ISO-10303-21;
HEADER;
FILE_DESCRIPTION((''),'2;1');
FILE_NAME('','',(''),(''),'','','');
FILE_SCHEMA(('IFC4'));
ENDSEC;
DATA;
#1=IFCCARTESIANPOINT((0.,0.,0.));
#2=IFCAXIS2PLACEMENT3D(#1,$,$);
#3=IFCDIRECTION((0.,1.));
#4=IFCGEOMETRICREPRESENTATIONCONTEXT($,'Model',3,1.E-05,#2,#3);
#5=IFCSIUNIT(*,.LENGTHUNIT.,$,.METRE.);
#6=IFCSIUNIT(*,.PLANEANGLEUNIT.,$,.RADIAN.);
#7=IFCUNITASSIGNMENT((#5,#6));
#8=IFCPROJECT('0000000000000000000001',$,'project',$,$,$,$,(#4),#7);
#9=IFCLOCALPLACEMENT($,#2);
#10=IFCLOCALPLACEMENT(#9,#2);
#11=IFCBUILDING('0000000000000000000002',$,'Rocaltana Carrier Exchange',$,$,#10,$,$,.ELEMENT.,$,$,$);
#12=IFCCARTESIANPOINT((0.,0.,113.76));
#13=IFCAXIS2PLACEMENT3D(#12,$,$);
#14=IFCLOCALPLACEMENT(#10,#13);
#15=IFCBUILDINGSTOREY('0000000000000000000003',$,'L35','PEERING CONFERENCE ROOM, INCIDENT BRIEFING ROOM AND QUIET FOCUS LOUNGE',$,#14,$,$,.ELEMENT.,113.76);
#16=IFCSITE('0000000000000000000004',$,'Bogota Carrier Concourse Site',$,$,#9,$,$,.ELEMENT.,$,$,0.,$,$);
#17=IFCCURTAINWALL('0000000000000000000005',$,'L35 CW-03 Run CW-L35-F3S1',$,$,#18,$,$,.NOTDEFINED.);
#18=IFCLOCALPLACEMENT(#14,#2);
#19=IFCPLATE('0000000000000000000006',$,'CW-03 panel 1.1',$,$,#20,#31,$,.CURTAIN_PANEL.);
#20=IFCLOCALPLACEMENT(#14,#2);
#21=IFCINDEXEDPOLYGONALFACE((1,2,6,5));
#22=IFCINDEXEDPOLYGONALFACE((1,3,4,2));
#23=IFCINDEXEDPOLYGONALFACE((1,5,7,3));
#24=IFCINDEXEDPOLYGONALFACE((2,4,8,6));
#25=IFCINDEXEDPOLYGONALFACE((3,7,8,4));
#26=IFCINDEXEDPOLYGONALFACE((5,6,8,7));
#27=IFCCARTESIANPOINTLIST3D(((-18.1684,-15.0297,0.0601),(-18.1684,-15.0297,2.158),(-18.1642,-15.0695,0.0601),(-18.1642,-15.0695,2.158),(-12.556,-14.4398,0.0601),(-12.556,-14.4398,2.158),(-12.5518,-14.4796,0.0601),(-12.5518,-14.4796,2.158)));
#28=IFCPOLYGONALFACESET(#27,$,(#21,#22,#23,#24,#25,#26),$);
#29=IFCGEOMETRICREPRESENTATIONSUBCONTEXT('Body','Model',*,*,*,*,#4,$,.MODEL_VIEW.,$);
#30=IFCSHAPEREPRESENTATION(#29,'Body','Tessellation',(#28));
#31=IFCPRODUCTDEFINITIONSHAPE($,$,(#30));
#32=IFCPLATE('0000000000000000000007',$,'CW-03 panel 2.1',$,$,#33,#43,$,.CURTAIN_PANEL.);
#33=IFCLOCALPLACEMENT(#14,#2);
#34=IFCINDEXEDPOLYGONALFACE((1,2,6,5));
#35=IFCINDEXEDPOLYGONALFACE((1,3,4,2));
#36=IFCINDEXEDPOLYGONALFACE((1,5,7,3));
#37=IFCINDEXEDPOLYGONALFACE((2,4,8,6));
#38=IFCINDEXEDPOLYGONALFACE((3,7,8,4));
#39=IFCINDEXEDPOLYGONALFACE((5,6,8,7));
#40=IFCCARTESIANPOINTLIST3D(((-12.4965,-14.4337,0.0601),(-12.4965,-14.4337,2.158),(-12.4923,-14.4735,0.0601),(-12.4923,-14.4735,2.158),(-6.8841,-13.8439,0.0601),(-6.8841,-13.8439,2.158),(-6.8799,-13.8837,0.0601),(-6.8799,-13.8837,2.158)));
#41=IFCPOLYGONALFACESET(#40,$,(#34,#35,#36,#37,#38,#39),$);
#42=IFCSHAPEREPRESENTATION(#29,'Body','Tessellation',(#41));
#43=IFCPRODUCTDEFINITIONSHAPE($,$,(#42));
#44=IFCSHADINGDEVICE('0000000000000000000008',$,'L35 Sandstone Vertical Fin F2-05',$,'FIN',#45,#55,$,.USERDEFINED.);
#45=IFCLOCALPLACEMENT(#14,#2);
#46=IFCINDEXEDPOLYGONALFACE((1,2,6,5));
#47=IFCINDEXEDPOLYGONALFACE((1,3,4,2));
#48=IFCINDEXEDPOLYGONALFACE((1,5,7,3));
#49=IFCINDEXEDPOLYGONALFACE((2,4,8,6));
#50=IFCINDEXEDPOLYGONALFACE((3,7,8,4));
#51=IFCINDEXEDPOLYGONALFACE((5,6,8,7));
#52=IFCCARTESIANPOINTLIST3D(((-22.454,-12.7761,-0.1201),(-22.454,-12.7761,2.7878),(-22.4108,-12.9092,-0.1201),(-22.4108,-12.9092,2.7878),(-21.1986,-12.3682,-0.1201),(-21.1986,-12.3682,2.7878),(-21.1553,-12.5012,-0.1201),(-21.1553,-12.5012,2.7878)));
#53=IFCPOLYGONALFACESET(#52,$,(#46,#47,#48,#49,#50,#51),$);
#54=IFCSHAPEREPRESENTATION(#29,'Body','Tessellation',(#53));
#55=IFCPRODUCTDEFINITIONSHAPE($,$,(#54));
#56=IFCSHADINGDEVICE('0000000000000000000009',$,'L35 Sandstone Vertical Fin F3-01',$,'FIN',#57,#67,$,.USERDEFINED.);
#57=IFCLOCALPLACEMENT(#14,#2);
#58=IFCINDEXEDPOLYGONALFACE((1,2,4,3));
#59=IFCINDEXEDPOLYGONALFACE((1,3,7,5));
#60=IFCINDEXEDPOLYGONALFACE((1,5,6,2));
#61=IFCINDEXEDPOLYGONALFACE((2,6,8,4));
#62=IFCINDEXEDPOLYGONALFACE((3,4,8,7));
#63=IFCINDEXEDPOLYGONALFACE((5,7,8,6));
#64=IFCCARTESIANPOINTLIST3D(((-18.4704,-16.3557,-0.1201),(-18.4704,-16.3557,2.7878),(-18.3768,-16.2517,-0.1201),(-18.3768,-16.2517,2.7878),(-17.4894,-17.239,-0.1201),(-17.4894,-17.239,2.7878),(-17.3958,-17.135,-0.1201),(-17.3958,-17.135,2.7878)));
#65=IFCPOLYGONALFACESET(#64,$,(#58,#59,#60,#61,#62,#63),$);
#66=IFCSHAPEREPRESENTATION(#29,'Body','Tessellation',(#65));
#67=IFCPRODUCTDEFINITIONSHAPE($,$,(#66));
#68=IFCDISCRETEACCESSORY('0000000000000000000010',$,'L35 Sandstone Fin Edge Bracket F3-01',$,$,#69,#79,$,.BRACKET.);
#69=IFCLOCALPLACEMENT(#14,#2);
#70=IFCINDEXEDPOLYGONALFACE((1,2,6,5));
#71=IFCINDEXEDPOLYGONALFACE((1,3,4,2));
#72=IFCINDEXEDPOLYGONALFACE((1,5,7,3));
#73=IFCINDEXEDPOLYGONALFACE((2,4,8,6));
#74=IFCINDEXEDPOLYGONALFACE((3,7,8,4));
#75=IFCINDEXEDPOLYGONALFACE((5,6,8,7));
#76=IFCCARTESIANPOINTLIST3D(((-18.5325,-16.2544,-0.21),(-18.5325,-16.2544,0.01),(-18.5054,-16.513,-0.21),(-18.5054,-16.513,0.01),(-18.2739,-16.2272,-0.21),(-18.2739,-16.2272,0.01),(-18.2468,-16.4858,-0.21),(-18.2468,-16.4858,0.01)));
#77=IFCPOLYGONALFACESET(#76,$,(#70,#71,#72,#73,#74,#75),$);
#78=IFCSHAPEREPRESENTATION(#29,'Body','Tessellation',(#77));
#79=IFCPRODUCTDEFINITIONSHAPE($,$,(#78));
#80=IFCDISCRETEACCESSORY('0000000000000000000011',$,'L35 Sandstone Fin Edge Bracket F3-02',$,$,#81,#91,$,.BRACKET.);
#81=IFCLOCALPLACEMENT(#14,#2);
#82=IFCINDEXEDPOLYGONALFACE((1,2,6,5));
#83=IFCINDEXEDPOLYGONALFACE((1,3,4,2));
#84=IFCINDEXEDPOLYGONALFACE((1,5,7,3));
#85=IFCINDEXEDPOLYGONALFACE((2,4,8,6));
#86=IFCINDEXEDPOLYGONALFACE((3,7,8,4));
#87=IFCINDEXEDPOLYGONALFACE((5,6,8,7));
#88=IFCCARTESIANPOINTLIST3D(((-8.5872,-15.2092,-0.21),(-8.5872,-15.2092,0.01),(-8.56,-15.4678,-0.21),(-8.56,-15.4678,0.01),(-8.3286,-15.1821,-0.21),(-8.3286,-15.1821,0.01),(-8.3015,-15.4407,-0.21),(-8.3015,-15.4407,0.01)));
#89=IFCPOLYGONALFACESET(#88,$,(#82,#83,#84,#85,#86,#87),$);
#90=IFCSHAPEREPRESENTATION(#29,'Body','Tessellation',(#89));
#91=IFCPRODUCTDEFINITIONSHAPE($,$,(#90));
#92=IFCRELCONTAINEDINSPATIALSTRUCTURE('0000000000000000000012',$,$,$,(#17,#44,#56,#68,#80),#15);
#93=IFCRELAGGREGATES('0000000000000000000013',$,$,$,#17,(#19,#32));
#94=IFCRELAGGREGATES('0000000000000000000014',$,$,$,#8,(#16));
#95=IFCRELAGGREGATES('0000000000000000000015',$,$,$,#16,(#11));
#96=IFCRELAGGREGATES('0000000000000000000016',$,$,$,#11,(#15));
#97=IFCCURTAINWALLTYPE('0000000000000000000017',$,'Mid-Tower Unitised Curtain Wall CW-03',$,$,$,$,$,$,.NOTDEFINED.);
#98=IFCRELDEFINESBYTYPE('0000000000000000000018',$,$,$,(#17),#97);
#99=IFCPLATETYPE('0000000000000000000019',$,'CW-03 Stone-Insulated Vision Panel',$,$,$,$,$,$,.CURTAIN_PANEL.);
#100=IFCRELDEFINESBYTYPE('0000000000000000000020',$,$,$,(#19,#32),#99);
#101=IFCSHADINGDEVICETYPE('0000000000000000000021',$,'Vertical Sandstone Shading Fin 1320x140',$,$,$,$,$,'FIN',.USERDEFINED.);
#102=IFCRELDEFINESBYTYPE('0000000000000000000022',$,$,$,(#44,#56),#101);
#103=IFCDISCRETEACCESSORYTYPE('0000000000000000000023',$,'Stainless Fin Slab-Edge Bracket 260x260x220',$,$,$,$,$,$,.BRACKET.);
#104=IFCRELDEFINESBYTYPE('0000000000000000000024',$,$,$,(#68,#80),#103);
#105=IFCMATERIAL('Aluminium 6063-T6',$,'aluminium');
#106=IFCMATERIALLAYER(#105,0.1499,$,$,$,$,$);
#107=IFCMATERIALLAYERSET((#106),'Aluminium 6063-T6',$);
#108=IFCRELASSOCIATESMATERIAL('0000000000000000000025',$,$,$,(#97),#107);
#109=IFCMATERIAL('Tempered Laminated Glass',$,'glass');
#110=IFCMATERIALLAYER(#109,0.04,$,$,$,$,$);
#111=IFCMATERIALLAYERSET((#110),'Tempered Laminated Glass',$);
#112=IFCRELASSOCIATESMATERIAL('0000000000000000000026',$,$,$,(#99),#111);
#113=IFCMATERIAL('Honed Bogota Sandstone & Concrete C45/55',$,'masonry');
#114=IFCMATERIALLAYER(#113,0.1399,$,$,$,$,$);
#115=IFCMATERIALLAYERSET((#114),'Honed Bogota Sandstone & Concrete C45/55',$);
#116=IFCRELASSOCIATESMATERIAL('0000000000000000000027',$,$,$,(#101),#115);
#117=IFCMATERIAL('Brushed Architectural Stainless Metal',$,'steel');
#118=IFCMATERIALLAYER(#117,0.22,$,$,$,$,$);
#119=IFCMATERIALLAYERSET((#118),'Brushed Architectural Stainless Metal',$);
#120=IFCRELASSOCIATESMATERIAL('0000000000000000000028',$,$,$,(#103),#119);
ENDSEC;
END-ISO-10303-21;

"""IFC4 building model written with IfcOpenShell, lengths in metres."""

from ifc_helpers import new_model, si_unit, direction, frame, origin, origin_2d, place, context, subcontext, project, spatial, rectangle, extrude, material, layer, layer_set, type_object, element, aggregate, save


model = new_model("IFC4")

# Units and contexts
model_context = context("Model", 3, precision=1e-05, world=origin(), true_north=direction((0.0, 1.0)))
body_context = subcontext(model_context, "Body", "Model", "MODEL_VIEW")
ifc_project = project(units=[si_unit("LENGTHUNIT", "METRE"), si_unit("PLANEANGLEUNIT", "RADIAN")], contexts=[model_context])

# Site, building, storey
site_placement = place(None, origin())
site = spatial("IfcSite", under=ifc_project, at=site_placement, Name="Bogota Carrier Concourse Site", CompositionType="ELEMENT", RefElevation=0.0)
building_placement = place(site_placement, origin())
building = spatial("IfcBuilding", under=site, at=building_placement, Name="Rocaltana Carrier Exchange", CompositionType="ELEMENT")
storey_placement = place(building_placement, frame((0.0, 0.0, 113.76)))
storey = spatial("IfcBuildingStorey", under=building, at=storey_placement, Name="L35", Description="PEERING CONFERENCE ROOM, INCIDENT BRIEFING ROOM AND QUIET FOCUS LOUNGE", CompositionType="ELEMENT", Elevation=113.76)

# Shared definitions
ifc_material_1 = material(Name="Aluminium 6063-T6", Category="aluminium")
ifc_layer_1 = layer(ifc_material_1, 0.1499)
ifc_layer_set_1 = layer_set([ifc_layer_1], Name="Aluminium 6063-T6")
curtain_wall_type = type_object("IfcCurtainWallType", Name="Mid-Tower Unitised Curtain Wall CW-03", PredefinedType="NOTDEFINED", material=ifc_layer_set_1)

# Curtain wall
curtain_wall_1_placement = place(storey_placement, origin())
curtain_wall_1 = element("IfcCurtainWall", 1, at=curtain_wall_1_placement, inside=storey, type_object=curtain_wall_type, Name="L35 CW-03 Run CW-L35-F3S1", PredefinedType="NOTDEFINED")

# Plates
ifc_material_2 = material(Name="Tempered Laminated Glass", Category="glass")
ifc_layer_2 = layer(ifc_material_2, 0.04)
ifc_layer_set_2 = layer_set([ifc_layer_2], Name="Tempered Laminated Glass")
plate_type = type_object("IfcPlateType", Name="CW-03 Stone-Insulated Vision Panel", PredefinedType="CURTAIN_PANEL", material=ifc_layer_set_2)
plate_1_placement = place(storey_placement, frame((-15.3601, -14.7546, 0.0601), z_axis=(0.0, 0.0, 1.0), x_axis=(0.994523, 0.104522, 0.0)))
plate_1 = element("IfcPlate", 2, at=plate_1_placement, type_object=plate_type, Name="CW-03 panel 1.1", PredefinedType="CURTAIN_PANEL", context=body_context, shape_type="SweptSolid", body=[
    extrude(rectangle(XDim=5.6433, YDim=0.04, at=origin_2d()), origin(), (0.0, 0.0, 1.0), 2.0979),
])
plate_2_placement = place(storey_placement, frame((-9.6882, -14.1587, 0.0601), z_axis=(0.0, 0.0, 1.0), x_axis=(0.994523, 0.104522, 0.0)))
plate_2 = element("IfcPlate", 3, at=plate_2_placement, type_object=plate_type, Name="CW-03 panel 2.1", PredefinedType="CURTAIN_PANEL", context=body_context, shape_type="SweptSolid", body=[
    extrude(rectangle(XDim=5.6433, YDim=0.04, at=origin_2d()), origin(), (0.0, 0.0, 1.0), 2.0979),
])
aggregate(curtain_wall_1, [plate_1, plate_2])

# Shading devices
ifc_material_3 = material(Name="Honed Bogota Sandstone & Concrete C45/55", Category="masonry")
ifc_layer_3 = layer(ifc_material_3, 0.1399)
ifc_layer_set_3 = layer_set([ifc_layer_3], Name="Honed Bogota Sandstone & Concrete C45/55")
shading_device_type = type_object("IfcShadingDeviceType", Name="Vertical Sandstone Shading Fin 1320x140", ElementType="FIN", PredefinedType="USERDEFINED", material=ifc_layer_set_3)
for number, where, z_axis, x_axis, name in (
    (4, (-21.8047, -12.6387, -0.1201), (0.0, 0.0, 1.0), (-0.951057, -0.309017, 0.0), "L35 Sandstone Vertical Fin F2-05"),
    (5, (-17.9331, -16.7454, -0.1201), (0.0, 0.0, 1.0), (0.743145, -0.669131, 0.0), "L35 Sandstone Vertical Fin F3-01"),
):
    element("IfcShadingDevice", number, at=place(storey_placement, frame(where, z_axis=z_axis, x_axis=x_axis)), inside=storey, type_object=shading_device_type, Name=name, ObjectType="FIN", PredefinedType="USERDEFINED", context=body_context, shape_type="SweptSolid", body=[
        extrude(rectangle(XDim=1.3201, YDim=0.1399, at=origin_2d()), origin(), (0.0, 0.0, 1.0), 2.908),
    ])

# Discrete accessories
ifc_material_4 = material(Name="Brushed Architectural Stainless Metal", Category="steel")
ifc_layer_4 = layer(ifc_material_4, 0.22)
ifc_layer_set_4 = layer_set([ifc_layer_4], Name="Brushed Architectural Stainless Metal")
discrete_accessory_type = type_object("IfcDiscreteAccessoryType", Name="Stainless Fin Slab-Edge Bracket 260x260x220", PredefinedType="BRACKET", material=ifc_layer_set_4)
for number, where, z_axis, x_axis, name in (
    (6, (-18.3896, -16.3701, -0.21), (0.0, 0.0, 1.0), (0.994522, 0.104528, 0.0), "L35 Sandstone Fin Edge Bracket F3-01"),
    (7, (-8.4443, -15.325, -0.21), (0.0, 0.0, 1.0), (0.994522, 0.104528, 0.0), "L35 Sandstone Fin Edge Bracket F3-02"),
):
    element("IfcDiscreteAccessory", number, at=place(storey_placement, frame(where, z_axis=z_axis, x_axis=x_axis)), inside=storey, type_object=discrete_accessory_type, Name=name, PredefinedType="BRACKET", context=body_context, shape_type="SweptSolid", body=[
        extrude(rectangle(XDim=0.26, YDim=0.26, at=origin_2d()), origin(), (0.0, 0.0, 1.0), 0.22),
    ])

save(model, "model.ifc")
